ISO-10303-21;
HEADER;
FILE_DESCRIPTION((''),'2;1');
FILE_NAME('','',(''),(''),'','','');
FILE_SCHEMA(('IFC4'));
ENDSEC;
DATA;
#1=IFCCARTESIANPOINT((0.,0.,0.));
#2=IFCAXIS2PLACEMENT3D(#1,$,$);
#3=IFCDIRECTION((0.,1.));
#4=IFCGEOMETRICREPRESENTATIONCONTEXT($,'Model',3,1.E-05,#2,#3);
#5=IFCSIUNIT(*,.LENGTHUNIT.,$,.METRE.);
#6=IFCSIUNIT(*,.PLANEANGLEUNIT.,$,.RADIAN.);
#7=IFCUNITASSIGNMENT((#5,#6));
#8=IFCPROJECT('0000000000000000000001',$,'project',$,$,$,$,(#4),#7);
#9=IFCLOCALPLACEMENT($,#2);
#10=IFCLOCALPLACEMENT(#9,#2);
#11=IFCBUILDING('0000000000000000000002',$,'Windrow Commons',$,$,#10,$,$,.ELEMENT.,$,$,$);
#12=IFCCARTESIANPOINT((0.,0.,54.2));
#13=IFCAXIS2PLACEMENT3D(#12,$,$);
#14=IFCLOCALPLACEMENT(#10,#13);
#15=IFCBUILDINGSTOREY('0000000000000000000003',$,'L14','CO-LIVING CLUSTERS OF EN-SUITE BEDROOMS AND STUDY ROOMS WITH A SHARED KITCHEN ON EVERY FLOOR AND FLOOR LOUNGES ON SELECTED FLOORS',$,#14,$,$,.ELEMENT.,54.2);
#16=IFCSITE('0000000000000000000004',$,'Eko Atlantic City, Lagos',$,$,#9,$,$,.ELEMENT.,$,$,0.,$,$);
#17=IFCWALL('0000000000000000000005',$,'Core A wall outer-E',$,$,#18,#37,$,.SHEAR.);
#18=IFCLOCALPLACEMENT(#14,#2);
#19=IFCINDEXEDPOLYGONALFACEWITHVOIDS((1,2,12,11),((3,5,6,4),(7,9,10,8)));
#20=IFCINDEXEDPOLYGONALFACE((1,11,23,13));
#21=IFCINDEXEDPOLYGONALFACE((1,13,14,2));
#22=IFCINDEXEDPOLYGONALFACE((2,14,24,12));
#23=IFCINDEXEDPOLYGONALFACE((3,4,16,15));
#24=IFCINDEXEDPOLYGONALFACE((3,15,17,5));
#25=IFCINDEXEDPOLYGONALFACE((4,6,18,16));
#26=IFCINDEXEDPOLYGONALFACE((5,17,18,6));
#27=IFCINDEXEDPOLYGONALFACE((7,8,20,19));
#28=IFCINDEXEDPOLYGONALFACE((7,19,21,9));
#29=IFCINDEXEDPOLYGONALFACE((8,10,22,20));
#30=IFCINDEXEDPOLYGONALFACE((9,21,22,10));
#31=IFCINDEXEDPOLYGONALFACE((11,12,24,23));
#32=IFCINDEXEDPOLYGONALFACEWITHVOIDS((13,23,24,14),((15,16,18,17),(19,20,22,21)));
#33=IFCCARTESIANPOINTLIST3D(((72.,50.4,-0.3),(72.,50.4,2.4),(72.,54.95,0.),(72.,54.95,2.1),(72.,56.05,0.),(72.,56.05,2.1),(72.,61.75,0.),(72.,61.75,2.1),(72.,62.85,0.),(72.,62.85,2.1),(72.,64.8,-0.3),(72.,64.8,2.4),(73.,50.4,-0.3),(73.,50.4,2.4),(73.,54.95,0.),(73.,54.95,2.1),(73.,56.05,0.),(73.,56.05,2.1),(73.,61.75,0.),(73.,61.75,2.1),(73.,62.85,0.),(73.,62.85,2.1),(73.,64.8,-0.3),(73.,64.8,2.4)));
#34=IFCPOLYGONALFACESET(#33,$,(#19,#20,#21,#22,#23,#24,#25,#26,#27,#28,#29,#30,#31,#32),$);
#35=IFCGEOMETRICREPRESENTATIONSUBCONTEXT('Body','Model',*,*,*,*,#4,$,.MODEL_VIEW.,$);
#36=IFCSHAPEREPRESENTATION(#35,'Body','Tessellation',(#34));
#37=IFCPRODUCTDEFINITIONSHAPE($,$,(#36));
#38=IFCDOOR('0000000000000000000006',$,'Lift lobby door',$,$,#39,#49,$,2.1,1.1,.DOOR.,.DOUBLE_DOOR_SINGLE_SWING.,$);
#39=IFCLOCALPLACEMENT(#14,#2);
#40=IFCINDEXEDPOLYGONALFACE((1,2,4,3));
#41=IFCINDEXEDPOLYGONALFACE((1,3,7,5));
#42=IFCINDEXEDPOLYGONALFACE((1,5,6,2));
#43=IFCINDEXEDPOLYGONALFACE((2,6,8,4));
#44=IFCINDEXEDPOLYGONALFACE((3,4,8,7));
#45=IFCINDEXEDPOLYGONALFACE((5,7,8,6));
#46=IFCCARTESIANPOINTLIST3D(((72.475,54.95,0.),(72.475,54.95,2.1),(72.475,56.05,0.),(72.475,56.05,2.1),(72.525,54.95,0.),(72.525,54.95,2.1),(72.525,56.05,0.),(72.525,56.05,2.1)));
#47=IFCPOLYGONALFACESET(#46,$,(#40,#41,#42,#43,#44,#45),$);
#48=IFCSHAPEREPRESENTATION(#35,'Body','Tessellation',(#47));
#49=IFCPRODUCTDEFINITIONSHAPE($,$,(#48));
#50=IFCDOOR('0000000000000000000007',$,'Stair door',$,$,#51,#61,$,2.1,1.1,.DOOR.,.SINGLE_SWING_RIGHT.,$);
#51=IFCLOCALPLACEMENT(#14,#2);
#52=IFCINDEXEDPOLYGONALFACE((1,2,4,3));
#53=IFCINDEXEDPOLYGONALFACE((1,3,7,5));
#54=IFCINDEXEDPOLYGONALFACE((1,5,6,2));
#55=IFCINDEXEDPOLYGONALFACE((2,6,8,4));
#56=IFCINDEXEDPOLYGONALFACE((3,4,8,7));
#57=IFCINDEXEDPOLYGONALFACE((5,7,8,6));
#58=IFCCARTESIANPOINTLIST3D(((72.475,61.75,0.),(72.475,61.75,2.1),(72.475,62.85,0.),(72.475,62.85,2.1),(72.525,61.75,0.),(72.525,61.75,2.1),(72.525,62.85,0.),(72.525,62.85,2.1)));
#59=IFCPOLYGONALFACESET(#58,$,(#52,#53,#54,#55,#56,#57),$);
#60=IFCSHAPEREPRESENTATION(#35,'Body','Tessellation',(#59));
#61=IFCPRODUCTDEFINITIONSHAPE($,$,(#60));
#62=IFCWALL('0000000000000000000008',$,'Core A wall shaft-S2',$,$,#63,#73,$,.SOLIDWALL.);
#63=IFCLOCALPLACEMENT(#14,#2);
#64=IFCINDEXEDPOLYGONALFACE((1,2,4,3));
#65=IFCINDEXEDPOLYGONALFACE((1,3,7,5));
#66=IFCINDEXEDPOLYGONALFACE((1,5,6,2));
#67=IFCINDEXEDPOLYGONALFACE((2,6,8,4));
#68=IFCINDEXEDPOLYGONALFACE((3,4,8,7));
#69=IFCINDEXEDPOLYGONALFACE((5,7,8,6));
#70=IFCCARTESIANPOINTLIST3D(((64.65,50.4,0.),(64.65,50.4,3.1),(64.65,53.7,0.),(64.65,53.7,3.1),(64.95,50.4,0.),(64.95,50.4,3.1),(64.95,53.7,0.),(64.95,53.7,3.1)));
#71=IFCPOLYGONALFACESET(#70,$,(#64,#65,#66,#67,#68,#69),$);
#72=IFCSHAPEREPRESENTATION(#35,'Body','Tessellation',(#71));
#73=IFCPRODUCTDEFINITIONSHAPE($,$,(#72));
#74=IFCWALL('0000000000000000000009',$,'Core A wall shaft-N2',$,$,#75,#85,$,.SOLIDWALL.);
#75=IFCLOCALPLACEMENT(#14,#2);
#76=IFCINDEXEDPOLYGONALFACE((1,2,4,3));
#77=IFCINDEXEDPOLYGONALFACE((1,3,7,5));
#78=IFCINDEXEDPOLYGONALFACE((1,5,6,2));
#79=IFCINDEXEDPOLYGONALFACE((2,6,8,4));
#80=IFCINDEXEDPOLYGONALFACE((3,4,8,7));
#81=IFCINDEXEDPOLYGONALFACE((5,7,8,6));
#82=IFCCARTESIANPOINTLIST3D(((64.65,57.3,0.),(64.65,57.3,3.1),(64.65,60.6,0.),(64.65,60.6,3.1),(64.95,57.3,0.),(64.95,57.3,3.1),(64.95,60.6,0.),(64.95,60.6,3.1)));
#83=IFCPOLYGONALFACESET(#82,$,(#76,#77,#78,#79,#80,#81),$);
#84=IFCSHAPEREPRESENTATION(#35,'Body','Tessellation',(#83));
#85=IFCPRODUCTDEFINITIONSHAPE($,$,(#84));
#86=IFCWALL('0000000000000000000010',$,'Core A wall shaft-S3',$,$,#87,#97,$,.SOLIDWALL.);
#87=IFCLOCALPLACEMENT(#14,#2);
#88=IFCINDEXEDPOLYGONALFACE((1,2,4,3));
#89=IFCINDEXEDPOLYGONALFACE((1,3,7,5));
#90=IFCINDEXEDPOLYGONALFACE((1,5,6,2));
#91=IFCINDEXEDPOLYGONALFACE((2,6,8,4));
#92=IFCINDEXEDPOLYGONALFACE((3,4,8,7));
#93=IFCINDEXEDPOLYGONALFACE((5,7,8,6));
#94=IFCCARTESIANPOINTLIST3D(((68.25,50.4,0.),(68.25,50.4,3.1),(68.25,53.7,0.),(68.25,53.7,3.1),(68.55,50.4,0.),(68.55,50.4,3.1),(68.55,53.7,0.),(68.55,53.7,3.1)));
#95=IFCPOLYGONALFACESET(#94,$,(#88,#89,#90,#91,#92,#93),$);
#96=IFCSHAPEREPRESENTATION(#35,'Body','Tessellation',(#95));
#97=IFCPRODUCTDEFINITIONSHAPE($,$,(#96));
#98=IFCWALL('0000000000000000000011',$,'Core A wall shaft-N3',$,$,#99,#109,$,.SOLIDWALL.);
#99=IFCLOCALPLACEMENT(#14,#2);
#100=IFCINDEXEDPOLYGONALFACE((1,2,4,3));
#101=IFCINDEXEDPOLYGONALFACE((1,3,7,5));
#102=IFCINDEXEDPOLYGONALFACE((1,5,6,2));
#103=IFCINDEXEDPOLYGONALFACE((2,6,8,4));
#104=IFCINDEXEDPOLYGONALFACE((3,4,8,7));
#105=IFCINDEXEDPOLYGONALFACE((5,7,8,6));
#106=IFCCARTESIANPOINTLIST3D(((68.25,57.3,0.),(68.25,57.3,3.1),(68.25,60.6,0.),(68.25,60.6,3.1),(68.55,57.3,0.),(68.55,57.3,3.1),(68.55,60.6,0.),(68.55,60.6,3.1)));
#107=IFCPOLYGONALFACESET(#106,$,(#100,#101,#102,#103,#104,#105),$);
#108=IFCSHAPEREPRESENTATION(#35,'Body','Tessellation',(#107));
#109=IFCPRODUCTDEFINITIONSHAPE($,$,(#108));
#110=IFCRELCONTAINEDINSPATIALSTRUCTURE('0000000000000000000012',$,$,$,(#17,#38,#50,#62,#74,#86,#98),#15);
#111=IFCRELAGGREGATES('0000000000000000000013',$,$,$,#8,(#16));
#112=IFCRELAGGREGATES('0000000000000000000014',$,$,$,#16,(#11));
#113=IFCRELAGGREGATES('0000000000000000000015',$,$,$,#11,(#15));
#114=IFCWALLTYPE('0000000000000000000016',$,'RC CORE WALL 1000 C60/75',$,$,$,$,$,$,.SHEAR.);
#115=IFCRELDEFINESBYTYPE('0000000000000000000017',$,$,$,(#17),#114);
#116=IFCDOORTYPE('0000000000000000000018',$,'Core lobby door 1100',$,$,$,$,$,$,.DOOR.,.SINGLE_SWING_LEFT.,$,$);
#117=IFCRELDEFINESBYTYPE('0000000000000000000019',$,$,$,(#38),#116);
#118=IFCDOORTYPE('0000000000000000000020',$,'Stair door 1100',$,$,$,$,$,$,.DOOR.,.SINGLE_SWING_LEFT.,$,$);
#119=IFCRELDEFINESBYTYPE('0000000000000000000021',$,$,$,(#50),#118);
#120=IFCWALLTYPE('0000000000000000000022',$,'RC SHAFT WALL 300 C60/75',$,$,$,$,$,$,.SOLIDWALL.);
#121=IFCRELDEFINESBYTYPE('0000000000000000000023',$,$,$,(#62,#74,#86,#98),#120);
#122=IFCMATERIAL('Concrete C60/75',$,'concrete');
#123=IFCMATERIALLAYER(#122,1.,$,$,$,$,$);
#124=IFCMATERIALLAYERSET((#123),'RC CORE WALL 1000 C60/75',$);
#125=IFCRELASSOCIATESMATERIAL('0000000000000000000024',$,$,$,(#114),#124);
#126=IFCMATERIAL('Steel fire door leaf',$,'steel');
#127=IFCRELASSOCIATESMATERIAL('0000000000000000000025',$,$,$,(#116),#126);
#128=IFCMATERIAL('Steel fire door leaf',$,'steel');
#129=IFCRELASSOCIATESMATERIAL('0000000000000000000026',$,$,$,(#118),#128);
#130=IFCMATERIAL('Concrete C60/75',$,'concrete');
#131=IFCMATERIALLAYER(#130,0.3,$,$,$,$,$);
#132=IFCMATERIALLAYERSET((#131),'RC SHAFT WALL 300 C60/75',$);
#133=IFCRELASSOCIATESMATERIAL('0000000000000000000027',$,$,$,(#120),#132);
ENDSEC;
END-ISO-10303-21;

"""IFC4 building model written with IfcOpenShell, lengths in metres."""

from ifc_helpers import new_model, si_unit, direction, frame, frame_2d, origin, place, context, subcontext, project, spatial, rectangle, extrude, material, layer, layer_set, type_object, element, fill, save


model = new_model("IFC4")

# Units and contexts
model_context = context("Model", 3, precision=1e-05, world=origin(), true_north=direction((0.0, 1.0)))
body_context = subcontext(model_context, "Body", "Model", "MODEL_VIEW")
ifc_project = project(units=[si_unit("LENGTHUNIT", "METRE"), si_unit("PLANEANGLEUNIT", "RADIAN")], contexts=[model_context])

# Site, building, storey
site_placement = place(None, origin())
site = spatial("IfcSite", under=ifc_project, at=site_placement, Name="Eko Atlantic City, Lagos", CompositionType="ELEMENT", RefElevation=0.0)
building_placement = place(site_placement, origin())
building = spatial("IfcBuilding", under=site, at=building_placement, Name="Windrow Commons", CompositionType="ELEMENT")
storey_placement = place(building_placement, frame((0.0, 0.0, 54.2)))
storey = spatial("IfcBuildingStorey", under=building, at=storey_placement, Name="L14", Description="CO-LIVING CLUSTERS OF EN-SUITE BEDROOMS AND STUDY ROOMS WITH A SHARED KITCHEN ON EVERY FLOOR AND FLOOR LOUNGES ON SELECTED FLOORS", CompositionType="ELEMENT", Elevation=54.2)

# Wall, openings, doors
ifc_material_1 = material(Name="Concrete C60/75", Category="concrete")
ifc_layer_1 = layer(ifc_material_1, 1.0)
ifc_layer_set_1 = layer_set([ifc_layer_1], Name="RC CORE WALL 1000 C60/75")
wall_type_1 = type_object("IfcWallType", Name="RC CORE WALL 1000 C60/75", PredefinedType="SHEAR", material=ifc_layer_set_1)
wall_1_placement = place(storey_placement, frame((72.5, 50.4, -0.3), z_axis=(0.0, 0.0, 1.0), x_axis=(0.0, 1.0, 0.0)))
wall_1 = element("IfcWall", 1, at=wall_1_placement, inside=storey, type_object=wall_type_1, Name="Core A wall outer-E", PredefinedType="SHEAR", context=body_context, shape_type="SweptSolid", body=[
    extrude(rectangle(XDim=14.4, YDim=1.0, at=frame_2d((7.2, 0.0))), origin(), (0.0, 0.0, 1.0), 2.7),
])
opening_1_placement = place(wall_1_placement, frame((4.55, 0.0, 0.3)))
opening_1 = element("IfcOpeningElement", 2, at=opening_1_placement, cuts=wall_1, PredefinedType="OPENING", context=body_context, shape_type="SweptSolid", body=[
    extrude(rectangle(XDim=1.1, YDim=2.1, at=frame_2d((0.55, 1.05))), frame((0.0, 0.51, 0.0), z_axis=(0.0, -1.0, 0.0), x_axis=(1.0, 0.0, 0.0)), (0.0, 0.0, 1.0), 1.02),
])
opening_2_placement = place(wall_1_placement, frame((11.35, 0.0, 0.3)))
opening_2 = element("IfcOpeningElement", 3, at=opening_2_placement, cuts=wall_1, PredefinedType="OPENING", context=body_context, shape_type="SweptSolid", body=[
    extrude(rectangle(XDim=1.1, YDim=2.1, at=frame_2d((0.55, 1.05))), frame((0.0, 0.51, 0.0), z_axis=(0.0, -1.0, 0.0), x_axis=(1.0, 0.0, 0.0)), (0.0, 0.0, 1.0), 1.02),
])
ifc_material_2 = material(Name="Steel fire door leaf", Category="steel")
door_type_1 = type_object("IfcDoorType", Name="Core lobby door 1100", OperationType="SINGLE_SWING_LEFT", PredefinedType="DOOR", material=ifc_material_2)
door_1_placement = place(opening_1_placement, origin())
door_1 = element("IfcDoor", 4, at=door_1_placement, inside=storey, type_object=door_type_1, Name="Lift lobby door", OperationType="DOUBLE_DOOR_SINGLE_SWING", OverallHeight=2.1, OverallWidth=1.1, PredefinedType="DOOR", context=body_context, shape_type="SweptSolid", body=[
    extrude(rectangle(XDim=1.1, YDim=2.1, at=frame_2d((0.55, 1.05))), frame((0.0, 0.025, 0.0), z_axis=(0.0, -1.0, 0.0), x_axis=(1.0, 0.0, 0.0)), (0.0, 0.0, 1.0), 0.05),
])
fill(opening_1, door_1)
ifc_material_3 = material(Name="Steel fire door leaf", Category="steel")
door_type_2 = type_object("IfcDoorType", Name="Stair door 1100", OperationType="SINGLE_SWING_LEFT", PredefinedType="DOOR", material=ifc_material_3)
door_2_placement = place(opening_2_placement, origin())
door_2 = element("IfcDoor", 5, at=door_2_placement, inside=storey, type_object=door_type_2, Name="Stair door", OperationType="SINGLE_SWING_RIGHT", OverallHeight=2.1, OverallWidth=1.1, PredefinedType="DOOR", context=body_context, shape_type="SweptSolid", body=[
    extrude(rectangle(XDim=1.1, YDim=2.1, at=frame_2d((0.55, 1.05))), frame((0.0, 0.025, 0.0), z_axis=(0.0, -1.0, 0.0), x_axis=(1.0, 0.0, 0.0)), (0.0, 0.0, 1.0), 0.05),
])
fill(opening_2, door_2)

# Walls
ifc_material_4 = material(Name="Concrete C60/75", Category="concrete")
ifc_layer_2 = layer(ifc_material_4, 0.3)
ifc_layer_set_2 = layer_set([ifc_layer_2], Name="RC SHAFT WALL 300 C60/75")
wall_type_2 = type_object("IfcWallType", Name="RC SHAFT WALL 300 C60/75", PredefinedType="SOLIDWALL", material=ifc_layer_set_2)
for number, where, z_axis, x_axis, name in (
    (6, (64.8, 50.4, 0.0), (0.0, 0.0, 1.0), (0.0, 1.0, 0.0), "Core A wall shaft-S2"),
    (7, (64.8, 57.3, 0.0), (0.0, 0.0, 1.0), (0.0, 1.0, 0.0), "Core A wall shaft-N2"),
    (8, (68.4, 50.4, 0.0), (0.0, 0.0, 1.0), (0.0, 1.0, 0.0), "Core A wall shaft-S3"),
    (9, (68.4, 57.3, 0.0), (0.0, 0.0, 1.0), (0.0, 1.0, 0.0), "Core A wall shaft-N3"),
):
    element("IfcWall", number, at=place(storey_placement, frame(where, z_axis=z_axis, x_axis=x_axis)), inside=storey, type_object=wall_type_2, Name=name, PredefinedType="SOLIDWALL", context=body_context, shape_type="SweptSolid", body=[
        extrude(rectangle(XDim=3.3, YDim=0.3, at=frame_2d((1.65, 0.0))), origin(), (0.0, 0.0, 1.0), 3.1),
    ])

save(model, "model.ifc")
